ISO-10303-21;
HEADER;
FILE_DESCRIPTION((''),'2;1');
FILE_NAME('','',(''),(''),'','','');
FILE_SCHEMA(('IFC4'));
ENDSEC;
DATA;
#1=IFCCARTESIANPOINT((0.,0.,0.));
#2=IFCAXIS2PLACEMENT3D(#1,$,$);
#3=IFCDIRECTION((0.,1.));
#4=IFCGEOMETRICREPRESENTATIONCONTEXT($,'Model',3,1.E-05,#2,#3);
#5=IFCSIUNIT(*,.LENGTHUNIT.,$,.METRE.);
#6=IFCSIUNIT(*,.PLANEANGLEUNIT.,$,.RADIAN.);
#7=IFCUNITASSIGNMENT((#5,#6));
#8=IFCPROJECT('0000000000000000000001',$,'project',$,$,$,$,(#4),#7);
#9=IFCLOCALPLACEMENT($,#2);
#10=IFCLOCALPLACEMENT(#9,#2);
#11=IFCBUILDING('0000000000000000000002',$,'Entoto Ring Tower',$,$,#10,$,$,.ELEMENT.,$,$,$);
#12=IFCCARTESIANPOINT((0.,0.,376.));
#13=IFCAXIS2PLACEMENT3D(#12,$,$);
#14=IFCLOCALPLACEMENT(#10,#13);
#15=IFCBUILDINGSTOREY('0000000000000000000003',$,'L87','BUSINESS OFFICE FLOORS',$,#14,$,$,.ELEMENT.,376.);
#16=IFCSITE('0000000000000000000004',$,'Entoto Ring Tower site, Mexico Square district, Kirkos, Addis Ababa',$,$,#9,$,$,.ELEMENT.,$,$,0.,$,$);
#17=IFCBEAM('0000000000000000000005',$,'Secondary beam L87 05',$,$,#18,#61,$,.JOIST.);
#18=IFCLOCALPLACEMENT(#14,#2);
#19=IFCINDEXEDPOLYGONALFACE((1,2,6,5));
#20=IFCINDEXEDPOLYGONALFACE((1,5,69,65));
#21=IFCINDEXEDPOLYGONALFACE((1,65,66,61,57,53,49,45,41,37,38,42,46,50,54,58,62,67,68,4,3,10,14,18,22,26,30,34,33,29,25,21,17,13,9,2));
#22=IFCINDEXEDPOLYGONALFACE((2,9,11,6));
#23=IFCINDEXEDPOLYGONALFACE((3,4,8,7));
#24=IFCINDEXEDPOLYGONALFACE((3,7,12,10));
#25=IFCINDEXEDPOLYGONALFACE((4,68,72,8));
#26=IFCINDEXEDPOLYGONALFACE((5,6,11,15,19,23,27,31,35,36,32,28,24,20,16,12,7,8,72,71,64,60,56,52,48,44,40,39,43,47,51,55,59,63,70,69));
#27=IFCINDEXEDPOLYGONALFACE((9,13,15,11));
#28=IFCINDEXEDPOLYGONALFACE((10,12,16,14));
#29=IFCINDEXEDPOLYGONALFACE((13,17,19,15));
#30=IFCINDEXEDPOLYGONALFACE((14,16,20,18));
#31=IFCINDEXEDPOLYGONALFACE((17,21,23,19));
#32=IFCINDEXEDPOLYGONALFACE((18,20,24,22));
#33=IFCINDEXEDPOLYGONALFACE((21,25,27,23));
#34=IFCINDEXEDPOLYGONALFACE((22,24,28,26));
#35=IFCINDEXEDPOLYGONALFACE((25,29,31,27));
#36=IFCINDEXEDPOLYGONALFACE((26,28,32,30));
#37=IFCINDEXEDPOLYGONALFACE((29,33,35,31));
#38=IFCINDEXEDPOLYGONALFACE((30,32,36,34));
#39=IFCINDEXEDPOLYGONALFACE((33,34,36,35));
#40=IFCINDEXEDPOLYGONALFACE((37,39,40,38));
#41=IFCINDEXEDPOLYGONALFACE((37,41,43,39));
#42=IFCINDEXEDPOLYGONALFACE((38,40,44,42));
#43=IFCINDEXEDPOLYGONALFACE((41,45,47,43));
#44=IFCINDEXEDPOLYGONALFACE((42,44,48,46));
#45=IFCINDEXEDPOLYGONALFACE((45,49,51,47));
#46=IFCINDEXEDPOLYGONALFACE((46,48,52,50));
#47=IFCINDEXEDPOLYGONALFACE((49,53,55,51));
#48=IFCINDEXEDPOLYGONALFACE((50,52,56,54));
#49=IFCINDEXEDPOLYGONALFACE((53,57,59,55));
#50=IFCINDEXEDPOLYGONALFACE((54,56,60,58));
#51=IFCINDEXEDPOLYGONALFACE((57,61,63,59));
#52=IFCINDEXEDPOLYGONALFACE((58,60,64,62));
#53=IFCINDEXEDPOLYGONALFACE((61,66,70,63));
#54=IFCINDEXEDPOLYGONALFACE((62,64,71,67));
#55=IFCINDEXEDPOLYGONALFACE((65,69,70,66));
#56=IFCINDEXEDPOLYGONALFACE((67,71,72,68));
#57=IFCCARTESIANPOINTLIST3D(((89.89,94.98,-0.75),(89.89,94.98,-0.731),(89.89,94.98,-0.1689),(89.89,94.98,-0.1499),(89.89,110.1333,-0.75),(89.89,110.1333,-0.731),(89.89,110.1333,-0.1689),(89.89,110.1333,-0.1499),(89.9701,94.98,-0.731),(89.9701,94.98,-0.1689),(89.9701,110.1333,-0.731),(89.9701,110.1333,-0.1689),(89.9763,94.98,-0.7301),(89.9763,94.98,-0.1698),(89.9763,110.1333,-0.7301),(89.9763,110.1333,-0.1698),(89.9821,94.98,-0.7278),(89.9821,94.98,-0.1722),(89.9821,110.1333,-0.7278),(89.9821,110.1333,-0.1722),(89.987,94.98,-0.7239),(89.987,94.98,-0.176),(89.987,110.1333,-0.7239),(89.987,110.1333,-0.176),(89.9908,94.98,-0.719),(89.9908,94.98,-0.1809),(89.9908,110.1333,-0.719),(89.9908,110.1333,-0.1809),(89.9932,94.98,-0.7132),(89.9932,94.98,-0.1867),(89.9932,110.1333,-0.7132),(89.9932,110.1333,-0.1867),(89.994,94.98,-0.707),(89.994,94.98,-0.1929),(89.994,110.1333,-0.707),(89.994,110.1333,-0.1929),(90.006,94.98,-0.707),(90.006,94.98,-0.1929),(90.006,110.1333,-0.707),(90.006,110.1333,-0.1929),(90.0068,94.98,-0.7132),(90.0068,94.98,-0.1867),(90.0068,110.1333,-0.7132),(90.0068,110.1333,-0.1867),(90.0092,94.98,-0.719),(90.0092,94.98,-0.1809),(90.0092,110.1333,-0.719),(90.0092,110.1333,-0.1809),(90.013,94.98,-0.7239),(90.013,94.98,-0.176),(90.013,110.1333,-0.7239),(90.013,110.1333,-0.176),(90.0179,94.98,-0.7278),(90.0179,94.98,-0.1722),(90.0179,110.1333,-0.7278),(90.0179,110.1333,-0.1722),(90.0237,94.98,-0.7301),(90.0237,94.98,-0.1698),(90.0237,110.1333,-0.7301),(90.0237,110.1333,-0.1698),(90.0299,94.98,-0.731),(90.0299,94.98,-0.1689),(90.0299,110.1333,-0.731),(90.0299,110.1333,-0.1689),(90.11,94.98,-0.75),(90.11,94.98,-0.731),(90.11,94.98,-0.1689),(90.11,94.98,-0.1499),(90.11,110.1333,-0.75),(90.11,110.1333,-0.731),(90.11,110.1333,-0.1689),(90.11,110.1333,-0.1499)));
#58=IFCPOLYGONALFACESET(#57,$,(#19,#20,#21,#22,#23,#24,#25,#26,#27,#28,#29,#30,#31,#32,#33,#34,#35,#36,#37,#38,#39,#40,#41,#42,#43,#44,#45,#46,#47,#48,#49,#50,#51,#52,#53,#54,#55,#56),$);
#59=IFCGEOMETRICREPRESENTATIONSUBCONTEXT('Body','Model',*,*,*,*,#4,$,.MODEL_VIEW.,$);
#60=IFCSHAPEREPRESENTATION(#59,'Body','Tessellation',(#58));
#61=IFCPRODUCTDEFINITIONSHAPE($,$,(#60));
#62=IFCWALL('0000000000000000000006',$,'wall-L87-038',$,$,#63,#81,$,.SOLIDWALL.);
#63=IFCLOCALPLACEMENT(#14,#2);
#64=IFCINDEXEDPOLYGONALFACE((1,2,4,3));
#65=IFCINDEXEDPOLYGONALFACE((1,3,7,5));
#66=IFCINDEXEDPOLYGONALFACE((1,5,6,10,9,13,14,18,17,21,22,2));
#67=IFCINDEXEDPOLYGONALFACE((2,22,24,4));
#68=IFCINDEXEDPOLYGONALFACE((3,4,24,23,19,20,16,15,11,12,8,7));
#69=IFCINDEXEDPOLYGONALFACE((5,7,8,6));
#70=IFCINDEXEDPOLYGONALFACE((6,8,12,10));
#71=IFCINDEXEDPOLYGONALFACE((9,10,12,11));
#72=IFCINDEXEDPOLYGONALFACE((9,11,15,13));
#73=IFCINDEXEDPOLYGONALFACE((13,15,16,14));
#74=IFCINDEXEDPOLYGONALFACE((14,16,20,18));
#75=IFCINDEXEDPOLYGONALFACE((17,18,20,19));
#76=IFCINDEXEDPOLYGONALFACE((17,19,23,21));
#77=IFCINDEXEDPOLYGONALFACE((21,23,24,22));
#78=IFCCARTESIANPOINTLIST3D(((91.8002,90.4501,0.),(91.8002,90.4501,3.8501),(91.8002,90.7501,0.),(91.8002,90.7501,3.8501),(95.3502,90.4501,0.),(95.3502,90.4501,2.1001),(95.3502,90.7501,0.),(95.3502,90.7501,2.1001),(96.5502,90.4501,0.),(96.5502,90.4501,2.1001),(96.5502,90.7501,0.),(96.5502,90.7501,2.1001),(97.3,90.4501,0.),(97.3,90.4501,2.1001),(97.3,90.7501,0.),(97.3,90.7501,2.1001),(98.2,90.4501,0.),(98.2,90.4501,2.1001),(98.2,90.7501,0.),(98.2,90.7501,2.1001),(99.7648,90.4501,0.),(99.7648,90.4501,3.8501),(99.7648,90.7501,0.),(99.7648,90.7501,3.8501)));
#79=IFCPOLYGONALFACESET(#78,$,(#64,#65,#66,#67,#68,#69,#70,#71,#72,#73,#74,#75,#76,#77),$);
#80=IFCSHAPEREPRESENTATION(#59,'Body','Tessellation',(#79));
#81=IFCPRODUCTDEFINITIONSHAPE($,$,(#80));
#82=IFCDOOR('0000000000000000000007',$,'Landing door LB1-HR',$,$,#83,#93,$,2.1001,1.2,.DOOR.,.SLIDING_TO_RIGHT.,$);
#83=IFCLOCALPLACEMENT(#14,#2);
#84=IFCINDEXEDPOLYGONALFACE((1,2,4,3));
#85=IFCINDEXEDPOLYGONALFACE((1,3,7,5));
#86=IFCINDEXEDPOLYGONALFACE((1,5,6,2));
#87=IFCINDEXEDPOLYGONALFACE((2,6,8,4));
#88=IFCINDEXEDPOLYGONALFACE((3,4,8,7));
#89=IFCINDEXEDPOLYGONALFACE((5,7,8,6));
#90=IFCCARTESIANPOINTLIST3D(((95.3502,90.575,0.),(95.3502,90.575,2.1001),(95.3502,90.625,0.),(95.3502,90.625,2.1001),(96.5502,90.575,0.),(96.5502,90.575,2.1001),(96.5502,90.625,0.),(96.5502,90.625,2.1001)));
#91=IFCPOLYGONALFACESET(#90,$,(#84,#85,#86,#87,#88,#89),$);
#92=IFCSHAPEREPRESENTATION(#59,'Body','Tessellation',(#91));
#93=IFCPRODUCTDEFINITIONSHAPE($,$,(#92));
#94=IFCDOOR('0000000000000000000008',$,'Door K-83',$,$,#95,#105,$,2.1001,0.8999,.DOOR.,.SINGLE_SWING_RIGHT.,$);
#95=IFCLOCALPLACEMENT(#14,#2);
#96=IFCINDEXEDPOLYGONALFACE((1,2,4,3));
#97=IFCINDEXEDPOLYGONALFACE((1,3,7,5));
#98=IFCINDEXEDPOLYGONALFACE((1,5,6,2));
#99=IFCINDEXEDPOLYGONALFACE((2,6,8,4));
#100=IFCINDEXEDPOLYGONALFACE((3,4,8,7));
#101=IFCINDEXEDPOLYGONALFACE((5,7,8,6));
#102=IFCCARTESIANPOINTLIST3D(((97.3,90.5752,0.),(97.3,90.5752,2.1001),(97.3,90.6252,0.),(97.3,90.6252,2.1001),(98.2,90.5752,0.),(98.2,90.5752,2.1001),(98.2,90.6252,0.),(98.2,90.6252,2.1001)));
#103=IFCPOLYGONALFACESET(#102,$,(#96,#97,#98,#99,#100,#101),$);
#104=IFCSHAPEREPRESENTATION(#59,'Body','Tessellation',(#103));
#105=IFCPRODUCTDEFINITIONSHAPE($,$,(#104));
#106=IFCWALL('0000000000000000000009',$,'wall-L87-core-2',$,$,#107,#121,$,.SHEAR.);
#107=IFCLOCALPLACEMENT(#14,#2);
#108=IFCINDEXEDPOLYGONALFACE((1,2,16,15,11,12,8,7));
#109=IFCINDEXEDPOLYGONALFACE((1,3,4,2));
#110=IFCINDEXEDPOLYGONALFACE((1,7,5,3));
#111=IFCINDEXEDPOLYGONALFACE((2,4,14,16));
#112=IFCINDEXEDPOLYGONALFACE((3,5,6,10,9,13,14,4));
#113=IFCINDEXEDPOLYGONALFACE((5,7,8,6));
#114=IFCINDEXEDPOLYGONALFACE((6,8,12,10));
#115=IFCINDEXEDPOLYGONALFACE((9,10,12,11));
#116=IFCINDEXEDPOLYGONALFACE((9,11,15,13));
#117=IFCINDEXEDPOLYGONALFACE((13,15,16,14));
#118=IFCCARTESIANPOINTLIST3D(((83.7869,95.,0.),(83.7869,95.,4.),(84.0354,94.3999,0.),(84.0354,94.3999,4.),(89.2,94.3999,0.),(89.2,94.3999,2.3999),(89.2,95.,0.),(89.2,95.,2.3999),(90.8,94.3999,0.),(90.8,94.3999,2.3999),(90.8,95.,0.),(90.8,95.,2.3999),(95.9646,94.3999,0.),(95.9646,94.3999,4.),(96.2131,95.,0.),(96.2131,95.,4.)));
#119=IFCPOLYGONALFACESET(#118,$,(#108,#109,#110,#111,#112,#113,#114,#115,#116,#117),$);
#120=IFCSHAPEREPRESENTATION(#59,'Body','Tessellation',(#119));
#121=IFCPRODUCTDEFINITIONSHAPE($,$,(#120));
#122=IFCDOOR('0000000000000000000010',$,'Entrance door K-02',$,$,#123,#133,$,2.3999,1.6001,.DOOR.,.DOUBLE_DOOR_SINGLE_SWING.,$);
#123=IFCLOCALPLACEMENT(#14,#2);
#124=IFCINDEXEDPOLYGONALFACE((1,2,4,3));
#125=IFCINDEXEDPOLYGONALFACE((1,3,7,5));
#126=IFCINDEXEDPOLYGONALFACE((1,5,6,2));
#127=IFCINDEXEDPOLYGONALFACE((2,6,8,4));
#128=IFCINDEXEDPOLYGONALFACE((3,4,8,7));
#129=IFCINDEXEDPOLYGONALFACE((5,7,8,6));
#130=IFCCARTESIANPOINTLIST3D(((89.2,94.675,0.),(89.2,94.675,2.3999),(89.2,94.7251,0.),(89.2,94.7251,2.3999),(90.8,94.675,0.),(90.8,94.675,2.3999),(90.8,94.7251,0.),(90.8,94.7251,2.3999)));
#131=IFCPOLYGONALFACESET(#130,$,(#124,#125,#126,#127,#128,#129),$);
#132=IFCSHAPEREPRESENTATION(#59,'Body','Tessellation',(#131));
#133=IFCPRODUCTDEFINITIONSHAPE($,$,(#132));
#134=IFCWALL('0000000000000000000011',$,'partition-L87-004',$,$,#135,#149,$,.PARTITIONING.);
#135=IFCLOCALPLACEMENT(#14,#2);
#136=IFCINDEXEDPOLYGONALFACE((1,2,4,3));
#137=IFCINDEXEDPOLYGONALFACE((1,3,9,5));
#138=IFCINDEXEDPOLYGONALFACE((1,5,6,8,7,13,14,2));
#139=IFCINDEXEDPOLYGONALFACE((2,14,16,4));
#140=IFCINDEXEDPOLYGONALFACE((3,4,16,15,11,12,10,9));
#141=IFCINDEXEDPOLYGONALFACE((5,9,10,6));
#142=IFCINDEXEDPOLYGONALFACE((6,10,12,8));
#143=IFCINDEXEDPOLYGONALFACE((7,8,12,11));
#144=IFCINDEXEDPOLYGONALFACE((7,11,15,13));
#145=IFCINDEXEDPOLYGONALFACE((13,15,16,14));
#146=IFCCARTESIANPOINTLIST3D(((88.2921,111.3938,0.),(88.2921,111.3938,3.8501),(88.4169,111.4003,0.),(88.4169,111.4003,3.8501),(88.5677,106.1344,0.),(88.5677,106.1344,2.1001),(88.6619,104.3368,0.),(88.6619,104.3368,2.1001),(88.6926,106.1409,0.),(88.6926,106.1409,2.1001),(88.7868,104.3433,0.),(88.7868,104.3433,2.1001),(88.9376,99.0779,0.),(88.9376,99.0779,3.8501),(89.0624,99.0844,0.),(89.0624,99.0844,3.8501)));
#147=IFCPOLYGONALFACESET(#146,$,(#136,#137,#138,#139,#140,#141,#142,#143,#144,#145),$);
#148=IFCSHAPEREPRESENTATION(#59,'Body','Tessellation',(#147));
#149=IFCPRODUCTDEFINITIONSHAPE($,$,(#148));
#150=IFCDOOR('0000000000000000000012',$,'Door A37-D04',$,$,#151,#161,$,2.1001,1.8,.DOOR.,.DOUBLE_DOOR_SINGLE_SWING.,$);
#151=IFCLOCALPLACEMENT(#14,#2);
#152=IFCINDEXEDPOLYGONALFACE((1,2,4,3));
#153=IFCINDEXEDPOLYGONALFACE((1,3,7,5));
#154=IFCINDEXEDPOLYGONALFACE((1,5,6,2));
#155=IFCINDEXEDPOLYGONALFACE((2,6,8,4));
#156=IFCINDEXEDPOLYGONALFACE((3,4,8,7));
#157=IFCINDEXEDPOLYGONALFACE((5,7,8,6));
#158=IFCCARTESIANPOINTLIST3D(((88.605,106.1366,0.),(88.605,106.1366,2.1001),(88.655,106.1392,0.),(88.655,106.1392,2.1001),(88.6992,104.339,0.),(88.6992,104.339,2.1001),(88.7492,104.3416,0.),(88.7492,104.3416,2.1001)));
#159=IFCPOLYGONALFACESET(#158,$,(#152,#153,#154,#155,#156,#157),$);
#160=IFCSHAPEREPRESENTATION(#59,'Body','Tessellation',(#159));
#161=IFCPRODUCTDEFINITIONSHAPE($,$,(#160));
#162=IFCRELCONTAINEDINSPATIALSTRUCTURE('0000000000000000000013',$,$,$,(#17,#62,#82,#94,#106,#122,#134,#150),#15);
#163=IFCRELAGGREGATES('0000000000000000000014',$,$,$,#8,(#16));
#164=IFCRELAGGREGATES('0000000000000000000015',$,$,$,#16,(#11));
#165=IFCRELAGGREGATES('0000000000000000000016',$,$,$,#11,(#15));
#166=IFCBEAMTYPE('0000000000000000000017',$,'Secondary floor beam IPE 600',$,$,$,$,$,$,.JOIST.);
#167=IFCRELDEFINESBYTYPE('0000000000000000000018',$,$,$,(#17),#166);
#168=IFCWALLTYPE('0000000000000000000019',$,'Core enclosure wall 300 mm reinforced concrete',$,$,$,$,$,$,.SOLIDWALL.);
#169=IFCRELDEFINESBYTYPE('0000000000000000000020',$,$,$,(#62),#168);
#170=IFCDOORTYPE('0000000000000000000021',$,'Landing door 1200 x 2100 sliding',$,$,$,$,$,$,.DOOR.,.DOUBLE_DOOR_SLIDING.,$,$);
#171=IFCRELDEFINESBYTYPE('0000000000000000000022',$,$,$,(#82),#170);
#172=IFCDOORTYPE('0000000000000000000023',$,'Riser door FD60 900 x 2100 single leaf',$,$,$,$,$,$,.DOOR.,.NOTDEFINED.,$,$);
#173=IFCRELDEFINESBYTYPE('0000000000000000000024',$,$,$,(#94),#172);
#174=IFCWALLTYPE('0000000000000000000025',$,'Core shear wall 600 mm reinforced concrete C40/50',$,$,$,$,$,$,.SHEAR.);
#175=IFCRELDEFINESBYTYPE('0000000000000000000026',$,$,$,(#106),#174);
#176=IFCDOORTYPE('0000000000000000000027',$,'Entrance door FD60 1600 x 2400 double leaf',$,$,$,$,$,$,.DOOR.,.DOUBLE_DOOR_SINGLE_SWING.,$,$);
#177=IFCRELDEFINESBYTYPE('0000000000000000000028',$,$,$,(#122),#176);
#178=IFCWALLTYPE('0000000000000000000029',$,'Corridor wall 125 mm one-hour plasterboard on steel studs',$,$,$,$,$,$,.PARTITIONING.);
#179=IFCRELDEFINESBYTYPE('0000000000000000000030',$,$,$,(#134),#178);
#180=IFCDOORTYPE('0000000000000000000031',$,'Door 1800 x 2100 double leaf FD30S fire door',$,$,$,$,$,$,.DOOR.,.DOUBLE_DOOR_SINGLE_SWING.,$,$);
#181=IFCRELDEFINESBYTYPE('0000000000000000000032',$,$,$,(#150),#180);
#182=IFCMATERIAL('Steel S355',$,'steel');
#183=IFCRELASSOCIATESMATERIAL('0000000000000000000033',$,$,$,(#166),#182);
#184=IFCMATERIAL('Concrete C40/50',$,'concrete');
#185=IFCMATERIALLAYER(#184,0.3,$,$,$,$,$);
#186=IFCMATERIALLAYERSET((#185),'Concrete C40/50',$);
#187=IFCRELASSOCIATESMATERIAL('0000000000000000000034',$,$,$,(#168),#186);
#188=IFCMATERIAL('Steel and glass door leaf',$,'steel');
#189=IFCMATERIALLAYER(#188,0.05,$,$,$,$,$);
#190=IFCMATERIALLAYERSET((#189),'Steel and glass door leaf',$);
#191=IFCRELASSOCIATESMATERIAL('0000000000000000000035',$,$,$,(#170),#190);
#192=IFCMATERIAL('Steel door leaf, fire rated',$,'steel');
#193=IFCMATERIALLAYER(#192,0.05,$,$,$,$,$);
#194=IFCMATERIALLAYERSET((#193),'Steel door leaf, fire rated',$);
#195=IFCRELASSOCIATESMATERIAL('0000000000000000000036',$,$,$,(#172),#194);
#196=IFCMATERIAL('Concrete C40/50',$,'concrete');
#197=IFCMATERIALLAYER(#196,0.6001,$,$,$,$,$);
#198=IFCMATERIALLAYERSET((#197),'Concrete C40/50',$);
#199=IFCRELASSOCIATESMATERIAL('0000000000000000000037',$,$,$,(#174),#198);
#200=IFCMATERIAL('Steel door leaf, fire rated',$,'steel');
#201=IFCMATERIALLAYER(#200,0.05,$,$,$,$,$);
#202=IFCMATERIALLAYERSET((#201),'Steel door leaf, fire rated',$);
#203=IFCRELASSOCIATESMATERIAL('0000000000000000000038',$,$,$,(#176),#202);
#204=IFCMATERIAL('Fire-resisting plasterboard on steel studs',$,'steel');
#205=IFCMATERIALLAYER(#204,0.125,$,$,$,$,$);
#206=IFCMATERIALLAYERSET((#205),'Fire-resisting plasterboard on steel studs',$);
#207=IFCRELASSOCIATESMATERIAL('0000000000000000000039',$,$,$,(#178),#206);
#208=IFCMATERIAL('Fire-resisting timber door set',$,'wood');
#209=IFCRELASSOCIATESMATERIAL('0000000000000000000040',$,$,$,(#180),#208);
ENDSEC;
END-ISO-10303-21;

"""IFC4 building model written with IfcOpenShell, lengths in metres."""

from ifc_helpers import new_model, si_unit, direction, frame, frame_2d, origin, origin_2d, place, context, subcontext, project, spatial, polyline, rectangle, i_section, outline, extrude, material, layer, layer_set, material_profile, profile_set, type_object, element, fill, save


model = new_model("IFC4")

# Units and contexts
model_context = context("Model", 3, precision=1e-05, world=origin(), true_north=direction((0.0, 1.0)))
body_context = subcontext(model_context, "Body", "Model", "MODEL_VIEW")
ifc_project = project(units=[si_unit("LENGTHUNIT", "METRE"), si_unit("PLANEANGLEUNIT", "RADIAN")], contexts=[model_context])

# Site, building, storey
site_placement = place(None, origin())
site = spatial("IfcSite", under=ifc_project, at=site_placement, Name="Entoto Ring Tower site, Mexico Square district, Kirkos, Addis Ababa", CompositionType="ELEMENT", RefElevation=0.0)
building_placement = place(site_placement, origin())
building = spatial("IfcBuilding", under=site, at=building_placement, Name="Entoto Ring Tower", CompositionType="ELEMENT")
storey_placement = place(building_placement, frame((0.0, 0.0, 376.0)))
storey = spatial("IfcBuildingStorey", under=building, at=storey_placement, Name="L87", Description="BUSINESS OFFICE FLOORS", CompositionType="ELEMENT", Elevation=376.0)

# Beam
ifc_material_1 = material(Name="Steel S355", Category="steel")
ifc_material_profile_1 = material_profile(ifc_material_1, i_section(OverallWidth=0.22, OverallDepth=0.6001, WebThickness=0.012, FlangeThickness=0.019, FilletRadius=0.0239, at=origin_2d()), Name="IPE 600")
ifc_profile_set_1 = profile_set([ifc_material_profile_1], Name="Steel S355")
beam_type_1 = type_object("IfcBeamType", Name="Secondary floor beam IPE 600", PredefinedType="JOIST", material=ifc_profile_set_1)
beam_1_placement = place(storey_placement, frame((90.0, 94.98, -0.45), z_axis=(0.0, 1.0, 0.0), x_axis=(-1.0, 0.0, 0.0)))
element("IfcBeam", 1, at=beam_1_placement, inside=storey, type_object=beam_type_1, Name="Secondary beam L87 05", PredefinedType="JOIST", context=body_context, shape_type="SweptSolid", body=[
    extrude(i_section(OverallWidth=0.22, OverallDepth=0.6001, WebThickness=0.012, FlangeThickness=0.019, FilletRadius=0.0239, at=origin_2d()), origin(), (0.0, 0.0, 1.0), 15.1533),
])

# Wall, openings, doors
ifc_material_2 = material(Name="Concrete C40/50", Category="concrete")
ifc_layer_1 = layer(ifc_material_2, 0.3)
ifc_layer_set_1 = layer_set([ifc_layer_1], Name="Concrete C40/50")
wall_type_1 = type_object("IfcWallType", Name="Core enclosure wall 300 mm reinforced concrete", PredefinedType="SOLIDWALL", material=ifc_layer_set_1)
wall_1_placement = place(storey_placement, frame((91.8, 90.6001, 0.0), z_axis=(0.0, 0.0, 1.0), x_axis=(1.0, 0.0, 0.0)))
wall_1 = element("IfcWall", 2, at=wall_1_placement, inside=storey, type_object=wall_type_1, Name="wall-L87-038", PredefinedType="SOLIDWALL", context=body_context, shape_type="SweptSolid", body=[
    extrude(rectangle(XDim=7.9646, YDim=0.3, at=frame_2d((3.9824, 0.0))), origin(), (0.0, 0.0, 1.0), 3.8501),
])
opening_1_placement = place(wall_1_placement, frame((3.55, 0.0, 0.0)))
opening_1 = element("IfcOpeningElement", 3, at=opening_1_placement, cuts=wall_1, PredefinedType="OPENING", context=body_context, shape_type="SweptSolid", body=[
    extrude(rectangle(XDim=1.2, YDim=2.1001, at=frame_2d((0.6001, 1.05))), frame((0.0, 0.1602, 0.0), z_axis=(0.0, -1.0, 0.0), x_axis=(1.0, 0.0, 0.0)), (0.0, 0.0, 1.0), 0.3201),
])
opening_2_placement = place(wall_1_placement, frame((5.5, 0.0, 0.0)))
opening_2 = element("IfcOpeningElement", 4, at=opening_2_placement, cuts=wall_1, PredefinedType="OPENING", context=body_context, shape_type="SweptSolid", body=[
    extrude(rectangle(XDim=0.8999, YDim=2.1001, at=frame_2d((0.45, 1.05))), frame((0.0, 0.1602, 0.0), z_axis=(0.0, -1.0, 0.0), x_axis=(1.0, 0.0, 0.0)), (0.0, 0.0, 1.0), 0.3201),
])
ifc_material_3 = material(Name="Steel and glass door leaf", Category="steel")
ifc_layer_2 = layer(ifc_material_3, 0.05)
ifc_layer_set_2 = layer_set([ifc_layer_2], Name="Steel and glass door leaf")
door_type_1 = type_object("IfcDoorType", Name="Landing door 1200 x 2100 sliding", OperationType="DOUBLE_DOOR_SLIDING", PredefinedType="DOOR", material=ifc_layer_set_2)
door_1_placement = place(opening_1_placement, origin())
door_1 = element("IfcDoor", 5, at=door_1_placement, inside=storey, type_object=door_type_1, Name="Landing door LB1-HR", OperationType="SLIDING_TO_RIGHT", OverallHeight=2.1001, OverallWidth=1.2, PredefinedType="DOOR", context=body_context, shape_type="SweptSolid", body=[
    extrude(rectangle(XDim=1.2, YDim=2.1001, at=frame_2d((0.6001, 1.05))), frame((0.0, 0.0249, 0.0), z_axis=(0.0, -1.0, 0.0), x_axis=(1.0, 0.0, 0.0)), (0.0, 0.0, 1.0), 0.05),
])
fill(opening_1, door_1)
ifc_material_4 = material(Name="Steel door leaf, fire rated", Category="steel")
ifc_layer_3 = layer(ifc_material_4, 0.05)
ifc_layer_set_3 = layer_set([ifc_layer_3], Name="Steel door leaf, fire rated")
door_type_2 = type_object("IfcDoorType", Name="Riser door FD60 900 x 2100 single leaf", OperationType="NOTDEFINED", PredefinedType="DOOR", material=ifc_layer_set_3)
door_2_placement = place(opening_2_placement, frame((0.8999, 0.0, 0.0), z_axis=(0.0, 0.0, 1.0), x_axis=(-1.0, 0.0, 0.0)))
door_2 = element("IfcDoor", 6, at=door_2_placement, inside=storey, type_object=door_type_2, Name="Door K-83", OperationType="SINGLE_SWING_RIGHT", OverallHeight=2.1001, OverallWidth=0.8999, PredefinedType="DOOR", context=body_context, shape_type="SweptSolid", body=[
    extrude(rectangle(XDim=0.8999, YDim=2.1001, at=frame_2d((0.45, 1.05))), frame((0.0, 0.0249, 0.0), z_axis=(0.0, -1.0, 0.0), x_axis=(1.0, 0.0, 0.0)), (0.0, 0.0, 1.0), 0.05),
])
fill(opening_2, door_2)

# Walls, openings, doors
ifc_material_5 = material(Name="Concrete C40/50", Category="concrete")
ifc_layer_4 = layer(ifc_material_5, 0.6001)
ifc_layer_set_4 = layer_set([ifc_layer_4], Name="Concrete C40/50")
wall_type_2 = type_object("IfcWallType", Name="Core shear wall 600 mm reinforced concrete C40/50", PredefinedType="SHEAR", material=ifc_layer_set_4)
wall_2_placement = place(storey_placement, frame((96.0889, 94.7, 0.0), z_axis=(0.0, 0.0, 1.0), x_axis=(-1.0, 0.0, 0.0)))
wall_2 = element("IfcWall", 7, at=wall_2_placement, inside=storey, type_object=wall_type_2, Name="wall-L87-core-2", PredefinedType="SHEAR", context=body_context, shape_type="SweptSolid", body=[
    extrude(outline(polyline([(-0.1243, -0.3), (12.302, -0.3), (12.0535, 0.3), (0.1243, 0.3), (-0.1243, -0.3)])), origin(), (0.0, 0.0, 1.0), 4.0),
])
opening_3_placement = place(wall_2_placement, frame((5.2888, 0.0, 0.0)))
opening_3 = element("IfcOpeningElement", 8, at=opening_3_placement, cuts=wall_2, PredefinedType="OPENING", context=body_context, shape_type="SweptSolid", body=[
    extrude(rectangle(XDim=1.6001, YDim=2.3999, at=frame_2d((0.8, 1.2))), frame((0.0, 0.3101, 0.0), z_axis=(0.0, -1.0, 0.0), x_axis=(1.0, 0.0, 0.0)), (0.0, 0.0, 1.0), 0.6201),
])
ifc_material_6 = material(Name="Steel door leaf, fire rated", Category="steel")
ifc_layer_5 = layer(ifc_material_6, 0.05)
ifc_layer_set_5 = layer_set([ifc_layer_5], Name="Steel door leaf, fire rated")
door_type_3 = type_object("IfcDoorType", Name="Entrance door FD60 1600 x 2400 double leaf", OperationType="DOUBLE_DOOR_SINGLE_SWING", PredefinedType="DOOR", material=ifc_layer_set_5)
door_3_placement = place(opening_3_placement, origin())
door_3 = element("IfcDoor", 9, at=door_3_placement, inside=storey, type_object=door_type_3, Name="Entrance door K-02", OperationType="DOUBLE_DOOR_SINGLE_SWING", OverallHeight=2.3999, OverallWidth=1.6001, PredefinedType="DOOR", context=body_context, shape_type="SweptSolid", body=[
    extrude(rectangle(XDim=1.6001, YDim=2.3999, at=frame_2d((0.8, 1.2))), frame((0.0, 0.0249, 0.0), z_axis=(0.0, -1.0, 0.0), x_axis=(1.0, 0.0, 0.0)), (0.0, 0.0, 1.0), 0.05),
])
fill(opening_3, door_3)
ifc_material_7 = material(Name="Fire-resisting plasterboard on steel studs", Category="steel")
ifc_layer_6 = layer(ifc_material_7, 0.125)
ifc_layer_set_6 = layer_set([ifc_layer_6], Name="Fire-resisting plasterboard on steel studs")
wall_type_3 = type_object("IfcWallType", Name="Corridor wall 125 mm one-hour plasterboard on steel studs", PredefinedType="PARTITIONING", material=ifc_layer_set_6)
wall_3_placement = place(storey_placement, frame((89.0, 99.0811, 0.0), z_axis=(0.0, 0.0, 1.0), x_axis=(-0.052341, 0.998629, 0.0)))
wall_3 = element("IfcWall", 10, at=wall_3_placement, inside=storey, type_object=wall_type_3, Name="partition-L87-004", PredefinedType="PARTITIONING", context=body_context, shape_type="SweptSolid", body=[
    extrude(rectangle(XDim=12.3328, YDim=0.125, at=frame_2d((6.1665, 0.0))), origin(), (0.0, 0.0, 1.0), 3.8501),
])
opening_4_placement = place(wall_3_placement, frame((5.2664, 0.0, 0.0)))
opening_4 = element("IfcOpeningElement", 11, at=opening_4_placement, cuts=wall_3, PredefinedType="OPENING", context=body_context, shape_type="SweptSolid", body=[
    extrude(rectangle(XDim=1.8, YDim=2.1001, at=frame_2d((0.8999, 1.05))), frame((0.0, 0.0725, 0.0), z_axis=(0.0, -1.0, 0.0), x_axis=(1.0, 0.0, 0.0)), (0.0, 0.0, 1.0), 0.145),
])
ifc_material_8 = material(Name="Fire-resisting timber door set", Category="wood")
door_type_4 = type_object("IfcDoorType", Name="Door 1800 x 2100 double leaf FD30S fire door", OperationType="DOUBLE_DOOR_SINGLE_SWING", PredefinedType="DOOR", material=ifc_material_8)
door_4_placement = place(opening_4_placement, frame((1.8, 0.0, 0.0), z_axis=(0.0, 0.0, 1.0), x_axis=(-1.0, 0.0, 0.0)))
door_4 = element("IfcDoor", 12, at=door_4_placement, inside=storey, type_object=door_type_4, Name="Door A37-D04", OperationType="DOUBLE_DOOR_SINGLE_SWING", OverallHeight=2.1001, OverallWidth=1.8, PredefinedType="DOOR", context=body_context, shape_type="SweptSolid", body=[
    extrude(rectangle(XDim=1.8, YDim=2.1001, at=frame_2d((0.8999, 1.05))), frame((0.0, 0.0249, 0.0), z_axis=(0.0, -1.0, 0.0), x_axis=(1.0, 0.0, 0.0)), (0.0, 0.0, 1.0), 0.05),
])
fill(opening_4, door_4)

save(model, "model.ifc")
